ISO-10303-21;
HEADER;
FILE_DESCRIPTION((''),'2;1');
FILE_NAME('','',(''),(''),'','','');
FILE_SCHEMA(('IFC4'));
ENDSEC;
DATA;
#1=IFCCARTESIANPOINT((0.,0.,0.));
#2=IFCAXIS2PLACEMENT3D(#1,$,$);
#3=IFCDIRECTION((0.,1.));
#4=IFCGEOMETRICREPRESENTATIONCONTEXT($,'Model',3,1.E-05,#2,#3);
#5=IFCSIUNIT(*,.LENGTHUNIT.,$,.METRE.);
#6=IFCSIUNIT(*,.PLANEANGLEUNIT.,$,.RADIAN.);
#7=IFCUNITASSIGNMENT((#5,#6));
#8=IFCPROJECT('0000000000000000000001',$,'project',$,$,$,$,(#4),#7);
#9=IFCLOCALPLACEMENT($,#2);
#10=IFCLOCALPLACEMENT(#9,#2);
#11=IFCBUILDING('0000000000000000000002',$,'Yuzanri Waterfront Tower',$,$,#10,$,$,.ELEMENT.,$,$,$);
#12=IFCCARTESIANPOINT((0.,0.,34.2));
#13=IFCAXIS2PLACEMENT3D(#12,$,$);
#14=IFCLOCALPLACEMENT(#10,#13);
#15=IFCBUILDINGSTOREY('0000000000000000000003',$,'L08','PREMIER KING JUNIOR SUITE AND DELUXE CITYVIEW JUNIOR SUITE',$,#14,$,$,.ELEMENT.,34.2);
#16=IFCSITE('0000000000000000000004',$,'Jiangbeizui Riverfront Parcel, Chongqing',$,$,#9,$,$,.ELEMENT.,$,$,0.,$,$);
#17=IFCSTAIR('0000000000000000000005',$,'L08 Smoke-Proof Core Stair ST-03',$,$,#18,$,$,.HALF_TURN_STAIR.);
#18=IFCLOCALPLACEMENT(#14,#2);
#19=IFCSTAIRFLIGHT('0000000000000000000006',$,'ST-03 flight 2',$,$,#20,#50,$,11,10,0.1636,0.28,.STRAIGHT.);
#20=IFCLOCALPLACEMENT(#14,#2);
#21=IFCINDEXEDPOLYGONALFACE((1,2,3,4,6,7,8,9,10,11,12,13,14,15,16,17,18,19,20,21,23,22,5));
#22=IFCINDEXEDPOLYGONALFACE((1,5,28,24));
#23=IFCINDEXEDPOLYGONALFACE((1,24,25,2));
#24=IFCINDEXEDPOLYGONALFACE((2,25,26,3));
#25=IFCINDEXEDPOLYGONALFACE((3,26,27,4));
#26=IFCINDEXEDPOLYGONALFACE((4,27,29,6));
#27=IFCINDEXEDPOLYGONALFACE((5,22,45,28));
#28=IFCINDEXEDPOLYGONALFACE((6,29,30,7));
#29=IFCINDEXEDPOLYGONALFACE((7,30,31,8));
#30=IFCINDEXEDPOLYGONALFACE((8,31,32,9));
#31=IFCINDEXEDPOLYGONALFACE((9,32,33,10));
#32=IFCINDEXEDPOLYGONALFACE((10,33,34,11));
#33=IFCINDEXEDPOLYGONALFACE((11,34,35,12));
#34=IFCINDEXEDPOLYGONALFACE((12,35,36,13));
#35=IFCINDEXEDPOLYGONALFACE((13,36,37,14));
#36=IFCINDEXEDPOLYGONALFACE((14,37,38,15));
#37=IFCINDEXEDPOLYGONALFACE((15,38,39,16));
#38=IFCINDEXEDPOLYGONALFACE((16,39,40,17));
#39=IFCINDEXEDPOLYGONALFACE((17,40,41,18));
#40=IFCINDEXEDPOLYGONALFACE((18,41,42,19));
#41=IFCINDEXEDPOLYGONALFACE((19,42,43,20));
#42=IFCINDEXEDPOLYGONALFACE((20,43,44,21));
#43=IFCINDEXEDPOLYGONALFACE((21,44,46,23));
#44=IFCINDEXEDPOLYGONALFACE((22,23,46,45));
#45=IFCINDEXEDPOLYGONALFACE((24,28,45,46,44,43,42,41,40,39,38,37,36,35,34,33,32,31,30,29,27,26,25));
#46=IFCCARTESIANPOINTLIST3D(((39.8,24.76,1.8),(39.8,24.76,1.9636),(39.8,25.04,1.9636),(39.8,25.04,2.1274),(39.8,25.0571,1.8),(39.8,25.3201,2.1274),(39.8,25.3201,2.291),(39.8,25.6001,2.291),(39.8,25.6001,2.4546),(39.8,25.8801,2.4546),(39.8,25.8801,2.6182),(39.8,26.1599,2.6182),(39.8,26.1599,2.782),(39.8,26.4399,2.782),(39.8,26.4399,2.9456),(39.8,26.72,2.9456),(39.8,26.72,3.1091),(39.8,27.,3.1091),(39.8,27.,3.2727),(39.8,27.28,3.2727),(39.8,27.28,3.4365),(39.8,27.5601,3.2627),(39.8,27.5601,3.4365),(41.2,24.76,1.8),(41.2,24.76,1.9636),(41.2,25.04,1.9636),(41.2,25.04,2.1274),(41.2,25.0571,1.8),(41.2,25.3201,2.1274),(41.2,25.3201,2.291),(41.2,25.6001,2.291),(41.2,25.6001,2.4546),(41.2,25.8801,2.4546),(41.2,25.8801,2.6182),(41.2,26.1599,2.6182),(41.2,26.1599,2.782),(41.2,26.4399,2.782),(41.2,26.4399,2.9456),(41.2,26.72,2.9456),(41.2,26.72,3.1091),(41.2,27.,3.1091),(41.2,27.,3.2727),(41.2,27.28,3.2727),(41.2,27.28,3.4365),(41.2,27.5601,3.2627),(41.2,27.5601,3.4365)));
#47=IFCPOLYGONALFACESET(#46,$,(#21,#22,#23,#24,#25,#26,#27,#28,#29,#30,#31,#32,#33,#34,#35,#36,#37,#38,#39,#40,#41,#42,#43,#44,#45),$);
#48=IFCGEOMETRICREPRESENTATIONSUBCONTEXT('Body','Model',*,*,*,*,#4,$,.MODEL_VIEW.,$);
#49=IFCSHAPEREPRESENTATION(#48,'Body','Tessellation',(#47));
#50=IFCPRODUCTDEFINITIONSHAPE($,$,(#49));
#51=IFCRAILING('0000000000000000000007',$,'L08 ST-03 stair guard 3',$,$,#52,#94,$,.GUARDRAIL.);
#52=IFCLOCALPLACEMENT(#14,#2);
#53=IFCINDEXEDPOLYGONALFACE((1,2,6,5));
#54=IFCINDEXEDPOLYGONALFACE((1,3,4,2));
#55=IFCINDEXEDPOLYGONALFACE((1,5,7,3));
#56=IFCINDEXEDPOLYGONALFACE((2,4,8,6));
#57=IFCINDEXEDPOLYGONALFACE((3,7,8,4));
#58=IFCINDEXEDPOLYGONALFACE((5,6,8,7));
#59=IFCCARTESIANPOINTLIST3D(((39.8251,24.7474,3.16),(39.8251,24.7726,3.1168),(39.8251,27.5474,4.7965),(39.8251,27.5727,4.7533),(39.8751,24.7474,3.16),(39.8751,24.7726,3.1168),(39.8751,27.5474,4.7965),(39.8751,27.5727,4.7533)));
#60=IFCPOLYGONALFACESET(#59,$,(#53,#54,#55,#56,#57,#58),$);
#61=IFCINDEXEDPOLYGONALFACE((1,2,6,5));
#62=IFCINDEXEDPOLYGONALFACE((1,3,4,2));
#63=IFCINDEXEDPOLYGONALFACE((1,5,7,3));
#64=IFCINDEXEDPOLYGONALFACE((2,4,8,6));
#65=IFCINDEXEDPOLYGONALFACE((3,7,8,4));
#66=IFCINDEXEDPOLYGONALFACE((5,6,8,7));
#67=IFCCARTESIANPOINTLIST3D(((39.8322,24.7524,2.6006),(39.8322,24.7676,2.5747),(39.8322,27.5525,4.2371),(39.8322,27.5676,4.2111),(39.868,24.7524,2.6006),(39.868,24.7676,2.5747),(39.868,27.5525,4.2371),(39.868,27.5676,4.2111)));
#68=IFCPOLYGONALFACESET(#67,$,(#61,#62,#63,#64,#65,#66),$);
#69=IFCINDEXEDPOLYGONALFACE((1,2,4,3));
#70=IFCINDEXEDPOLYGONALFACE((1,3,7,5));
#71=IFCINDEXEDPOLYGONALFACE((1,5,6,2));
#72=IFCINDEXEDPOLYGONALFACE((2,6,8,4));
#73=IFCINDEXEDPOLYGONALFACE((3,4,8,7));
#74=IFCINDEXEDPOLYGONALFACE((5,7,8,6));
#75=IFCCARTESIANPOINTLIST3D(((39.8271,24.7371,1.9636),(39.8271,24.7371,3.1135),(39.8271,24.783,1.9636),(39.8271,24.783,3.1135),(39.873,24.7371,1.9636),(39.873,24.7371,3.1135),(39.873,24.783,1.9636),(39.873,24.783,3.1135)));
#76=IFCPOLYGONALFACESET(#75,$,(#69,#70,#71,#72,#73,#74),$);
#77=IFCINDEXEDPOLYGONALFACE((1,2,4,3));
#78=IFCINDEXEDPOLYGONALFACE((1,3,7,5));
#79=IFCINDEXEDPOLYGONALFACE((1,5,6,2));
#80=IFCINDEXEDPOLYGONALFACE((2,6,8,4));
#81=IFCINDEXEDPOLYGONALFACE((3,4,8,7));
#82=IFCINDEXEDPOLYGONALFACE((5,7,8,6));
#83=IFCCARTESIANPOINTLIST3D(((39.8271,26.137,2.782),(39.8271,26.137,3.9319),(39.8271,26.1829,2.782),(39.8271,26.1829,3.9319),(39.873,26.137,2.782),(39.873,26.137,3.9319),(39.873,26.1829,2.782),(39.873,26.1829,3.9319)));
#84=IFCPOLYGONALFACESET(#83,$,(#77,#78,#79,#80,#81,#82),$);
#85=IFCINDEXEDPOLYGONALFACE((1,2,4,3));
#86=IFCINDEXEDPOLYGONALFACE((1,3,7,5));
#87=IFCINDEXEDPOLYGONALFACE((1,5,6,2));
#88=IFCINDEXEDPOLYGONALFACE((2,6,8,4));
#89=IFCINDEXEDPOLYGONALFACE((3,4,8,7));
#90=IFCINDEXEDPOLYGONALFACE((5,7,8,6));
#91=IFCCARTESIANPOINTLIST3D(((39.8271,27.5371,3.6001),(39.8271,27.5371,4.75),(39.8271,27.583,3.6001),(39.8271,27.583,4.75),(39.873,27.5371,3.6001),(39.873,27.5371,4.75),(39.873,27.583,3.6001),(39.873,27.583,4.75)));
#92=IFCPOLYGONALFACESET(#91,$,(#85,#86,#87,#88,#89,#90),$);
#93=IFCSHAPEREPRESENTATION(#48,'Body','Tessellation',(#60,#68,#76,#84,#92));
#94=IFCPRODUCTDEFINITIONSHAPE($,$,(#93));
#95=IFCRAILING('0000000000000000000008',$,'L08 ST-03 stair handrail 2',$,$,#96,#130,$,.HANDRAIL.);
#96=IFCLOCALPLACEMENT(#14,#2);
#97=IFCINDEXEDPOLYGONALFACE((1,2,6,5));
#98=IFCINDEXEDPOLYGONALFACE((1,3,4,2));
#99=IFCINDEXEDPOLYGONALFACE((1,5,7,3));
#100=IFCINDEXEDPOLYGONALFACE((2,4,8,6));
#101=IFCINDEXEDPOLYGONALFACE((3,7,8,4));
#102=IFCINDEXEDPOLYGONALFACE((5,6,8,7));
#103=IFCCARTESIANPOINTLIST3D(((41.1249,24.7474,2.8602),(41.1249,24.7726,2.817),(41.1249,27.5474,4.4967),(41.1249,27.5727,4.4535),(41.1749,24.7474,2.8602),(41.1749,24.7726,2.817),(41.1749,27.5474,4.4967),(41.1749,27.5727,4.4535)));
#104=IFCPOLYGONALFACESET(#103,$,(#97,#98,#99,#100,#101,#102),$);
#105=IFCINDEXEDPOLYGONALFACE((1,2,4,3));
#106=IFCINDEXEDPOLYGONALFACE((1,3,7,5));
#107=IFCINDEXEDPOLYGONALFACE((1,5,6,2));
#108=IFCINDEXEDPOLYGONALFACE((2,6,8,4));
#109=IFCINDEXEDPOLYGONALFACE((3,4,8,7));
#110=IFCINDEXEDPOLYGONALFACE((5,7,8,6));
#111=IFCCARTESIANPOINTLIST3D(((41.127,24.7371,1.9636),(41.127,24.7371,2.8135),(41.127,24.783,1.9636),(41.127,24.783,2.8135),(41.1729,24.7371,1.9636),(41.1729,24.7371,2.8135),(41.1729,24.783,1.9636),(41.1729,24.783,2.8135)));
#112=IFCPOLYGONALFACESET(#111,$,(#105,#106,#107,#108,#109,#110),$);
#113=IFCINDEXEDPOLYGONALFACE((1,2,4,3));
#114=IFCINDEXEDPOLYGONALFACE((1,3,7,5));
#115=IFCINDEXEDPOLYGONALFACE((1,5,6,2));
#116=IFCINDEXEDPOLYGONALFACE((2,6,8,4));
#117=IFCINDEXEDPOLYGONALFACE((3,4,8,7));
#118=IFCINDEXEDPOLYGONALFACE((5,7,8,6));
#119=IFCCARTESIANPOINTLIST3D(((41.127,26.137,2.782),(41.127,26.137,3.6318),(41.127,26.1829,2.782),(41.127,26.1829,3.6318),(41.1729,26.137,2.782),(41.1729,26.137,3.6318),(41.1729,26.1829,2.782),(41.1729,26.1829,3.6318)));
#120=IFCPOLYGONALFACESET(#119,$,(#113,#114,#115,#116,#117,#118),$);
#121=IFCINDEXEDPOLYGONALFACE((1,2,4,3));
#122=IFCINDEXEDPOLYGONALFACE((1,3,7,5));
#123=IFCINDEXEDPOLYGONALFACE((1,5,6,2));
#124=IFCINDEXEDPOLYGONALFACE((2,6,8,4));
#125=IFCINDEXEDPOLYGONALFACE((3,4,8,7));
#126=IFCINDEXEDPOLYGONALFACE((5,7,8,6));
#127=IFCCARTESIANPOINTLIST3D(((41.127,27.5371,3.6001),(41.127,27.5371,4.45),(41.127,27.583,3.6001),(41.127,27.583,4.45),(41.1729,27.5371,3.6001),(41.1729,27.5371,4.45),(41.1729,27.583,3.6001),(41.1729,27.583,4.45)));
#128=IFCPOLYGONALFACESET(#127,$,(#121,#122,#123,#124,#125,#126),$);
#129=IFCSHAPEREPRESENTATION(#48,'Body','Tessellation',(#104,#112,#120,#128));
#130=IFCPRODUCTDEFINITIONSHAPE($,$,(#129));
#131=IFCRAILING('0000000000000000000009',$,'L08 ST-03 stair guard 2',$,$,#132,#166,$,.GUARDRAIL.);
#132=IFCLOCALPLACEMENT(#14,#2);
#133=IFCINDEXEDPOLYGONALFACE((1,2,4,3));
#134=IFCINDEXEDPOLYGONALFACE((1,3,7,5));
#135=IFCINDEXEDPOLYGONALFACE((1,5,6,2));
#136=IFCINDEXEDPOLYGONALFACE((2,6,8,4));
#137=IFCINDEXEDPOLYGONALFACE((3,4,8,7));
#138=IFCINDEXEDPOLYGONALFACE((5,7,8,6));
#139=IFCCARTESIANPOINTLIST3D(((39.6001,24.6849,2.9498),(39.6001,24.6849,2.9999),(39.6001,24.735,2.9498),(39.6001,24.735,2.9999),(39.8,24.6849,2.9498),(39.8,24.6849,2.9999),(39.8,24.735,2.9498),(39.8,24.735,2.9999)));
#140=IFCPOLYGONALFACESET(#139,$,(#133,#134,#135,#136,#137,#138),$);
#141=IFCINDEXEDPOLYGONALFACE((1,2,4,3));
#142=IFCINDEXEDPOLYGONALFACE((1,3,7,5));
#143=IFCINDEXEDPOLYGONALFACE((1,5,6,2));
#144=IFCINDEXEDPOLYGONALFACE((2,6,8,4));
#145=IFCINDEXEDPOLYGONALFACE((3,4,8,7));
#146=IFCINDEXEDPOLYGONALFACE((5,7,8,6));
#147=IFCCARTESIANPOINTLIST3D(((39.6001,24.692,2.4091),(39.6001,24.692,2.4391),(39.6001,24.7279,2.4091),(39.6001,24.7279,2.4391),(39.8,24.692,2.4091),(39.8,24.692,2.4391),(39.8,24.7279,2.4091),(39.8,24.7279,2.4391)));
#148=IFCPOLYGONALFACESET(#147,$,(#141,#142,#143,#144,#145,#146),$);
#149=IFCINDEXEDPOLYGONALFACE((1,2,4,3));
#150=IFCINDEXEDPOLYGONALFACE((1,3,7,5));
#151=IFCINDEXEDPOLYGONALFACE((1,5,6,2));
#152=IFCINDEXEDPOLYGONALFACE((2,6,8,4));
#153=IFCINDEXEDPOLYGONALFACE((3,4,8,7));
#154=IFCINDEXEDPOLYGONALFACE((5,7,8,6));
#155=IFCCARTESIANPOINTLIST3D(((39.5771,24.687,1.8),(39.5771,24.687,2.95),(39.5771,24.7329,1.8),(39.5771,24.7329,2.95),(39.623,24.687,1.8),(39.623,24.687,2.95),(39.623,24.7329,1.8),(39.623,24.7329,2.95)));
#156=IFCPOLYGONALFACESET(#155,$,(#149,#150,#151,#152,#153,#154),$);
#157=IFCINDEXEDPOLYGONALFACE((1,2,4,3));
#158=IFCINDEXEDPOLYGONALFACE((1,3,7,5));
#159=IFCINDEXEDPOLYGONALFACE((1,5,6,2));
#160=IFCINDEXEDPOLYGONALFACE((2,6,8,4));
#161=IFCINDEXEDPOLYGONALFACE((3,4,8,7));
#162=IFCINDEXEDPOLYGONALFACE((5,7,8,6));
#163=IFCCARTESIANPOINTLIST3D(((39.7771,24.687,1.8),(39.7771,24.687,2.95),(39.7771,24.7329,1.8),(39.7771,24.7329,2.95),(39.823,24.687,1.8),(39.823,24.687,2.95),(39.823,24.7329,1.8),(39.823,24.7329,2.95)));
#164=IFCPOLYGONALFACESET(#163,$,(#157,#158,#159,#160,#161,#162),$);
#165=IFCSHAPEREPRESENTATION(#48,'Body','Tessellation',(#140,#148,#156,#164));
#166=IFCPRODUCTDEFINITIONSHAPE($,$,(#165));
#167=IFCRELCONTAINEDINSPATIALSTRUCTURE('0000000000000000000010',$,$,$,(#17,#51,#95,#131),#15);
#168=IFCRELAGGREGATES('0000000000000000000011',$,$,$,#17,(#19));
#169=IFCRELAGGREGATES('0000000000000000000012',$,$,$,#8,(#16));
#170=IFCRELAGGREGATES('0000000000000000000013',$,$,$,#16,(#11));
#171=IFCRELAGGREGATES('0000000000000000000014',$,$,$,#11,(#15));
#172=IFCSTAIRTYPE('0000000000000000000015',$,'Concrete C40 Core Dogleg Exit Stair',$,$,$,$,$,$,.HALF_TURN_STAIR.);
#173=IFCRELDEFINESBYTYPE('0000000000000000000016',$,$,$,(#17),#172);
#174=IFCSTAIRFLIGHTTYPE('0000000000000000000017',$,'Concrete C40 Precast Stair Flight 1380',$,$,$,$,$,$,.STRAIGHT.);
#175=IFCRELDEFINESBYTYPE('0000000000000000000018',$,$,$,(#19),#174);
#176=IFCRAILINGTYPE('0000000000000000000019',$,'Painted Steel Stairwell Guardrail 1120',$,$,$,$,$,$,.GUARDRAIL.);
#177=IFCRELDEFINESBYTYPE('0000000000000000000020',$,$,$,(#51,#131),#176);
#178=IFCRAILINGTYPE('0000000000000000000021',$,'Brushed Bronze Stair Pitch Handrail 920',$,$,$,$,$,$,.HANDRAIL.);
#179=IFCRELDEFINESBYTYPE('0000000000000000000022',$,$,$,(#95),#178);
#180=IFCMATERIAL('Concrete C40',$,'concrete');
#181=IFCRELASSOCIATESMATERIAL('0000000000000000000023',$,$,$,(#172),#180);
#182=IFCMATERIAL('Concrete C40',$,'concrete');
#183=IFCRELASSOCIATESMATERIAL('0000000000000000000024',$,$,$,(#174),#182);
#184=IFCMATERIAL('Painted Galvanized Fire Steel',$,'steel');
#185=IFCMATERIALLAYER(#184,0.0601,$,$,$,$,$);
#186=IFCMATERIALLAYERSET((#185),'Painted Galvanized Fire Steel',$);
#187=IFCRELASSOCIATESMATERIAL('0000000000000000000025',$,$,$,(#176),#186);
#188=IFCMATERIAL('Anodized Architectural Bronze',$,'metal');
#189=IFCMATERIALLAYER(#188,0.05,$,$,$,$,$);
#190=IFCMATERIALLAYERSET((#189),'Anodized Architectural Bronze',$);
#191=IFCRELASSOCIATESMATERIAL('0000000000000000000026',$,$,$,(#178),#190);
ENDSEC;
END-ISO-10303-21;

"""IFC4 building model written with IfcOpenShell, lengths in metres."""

from ifc_helpers import new_model, si_unit, direction, frame, origin, origin_2d, place, context, subcontext, project, spatial, polyline, rectangle, outline, extrude, source, transform, mapped, material, layer, layer_set, type_object, element, aggregate, save


model = new_model("IFC4")

# Units and contexts
model_context = context("Model", 3, precision=1e-05, world=origin(), true_north=direction((0.0, 1.0)))
body_context = subcontext(model_context, "Body", "Model", "MODEL_VIEW")
ifc_project = project(units=[si_unit("LENGTHUNIT", "METRE"), si_unit("PLANEANGLEUNIT", "RADIAN")], contexts=[model_context])

# Site, building, storey
site_placement = place(None, origin())
site = spatial("IfcSite", under=ifc_project, at=site_placement, Name="Jiangbeizui Riverfront Parcel, Chongqing", CompositionType="ELEMENT", RefElevation=0.0)
building_placement = place(site_placement, origin())
building = spatial("IfcBuilding", under=site, at=building_placement, Name="Yuzanri Waterfront Tower", CompositionType="ELEMENT")
storey_placement = place(building_placement, frame((0.0, 0.0, 34.2)))
storey = spatial("IfcBuildingStorey", under=building, at=storey_placement, Name="L08", Description="PREMIER KING JUNIOR SUITE AND DELUXE CITYVIEW JUNIOR SUITE", CompositionType="ELEMENT", Elevation=34.2)

# Stair, stair flight
ifc_material_1 = material(Name="Concrete C40", Category="concrete")
stair_type = type_object("IfcStairType", Name="Concrete C40 Core Dogleg Exit Stair", PredefinedType="HALF_TURN_STAIR", material=ifc_material_1)
stair_placement = place(storey_placement, origin())
stair = element("IfcStair", 1, at=stair_placement, inside=storey, type_object=stair_type, Name="L08 Smoke-Proof Core Stair ST-03", PredefinedType="HALF_TURN_STAIR")
ifc_material_2 = material(Name="Concrete C40", Category="concrete")
stair_flight_type = type_object("IfcStairFlightType", Name="Concrete C40 Precast Stair Flight 1380", PredefinedType="STRAIGHT", material=ifc_material_2)
shared_shape_1 = source(origin(), body_context, "Body", "SweptSolid", [
    extrude(outline(polyline([(0.0, 0.0), (0.0, 0.1636), (0.28, 0.1636), (0.28, 0.3274), (0.5601, 0.3274), (0.5601, 0.491), (0.8401, 0.491), (0.8401, 0.6545), (1.1201, 0.6545), (1.1201, 0.8181), (1.3999, 0.8181), (1.3999, 0.9819), (1.6799, 0.9819), (1.6799, 1.1455), (1.96, 1.1455), (1.96, 1.3091), (2.24, 1.3091), (2.24, 1.4727), (2.52, 1.4727), (2.52, 1.6365), (2.8, 1.6365), (2.8, 1.8), (2.8, 1.4626), (0.2971, 0.0), (0.0, 0.0)])), frame((0.0, 0.7, 0.0), z_axis=(0.0, -1.0, 0.0), x_axis=(1.0, 0.0, 0.0)), (0.0, 0.0, 1.0), 1.3999),
])
stair_flight_placement = place(storey_placement, frame((40.5, 24.76, 1.8), z_axis=(0.0, 0.0, 1.0), x_axis=(0.0, 1.0, 0.0)))
stair_flight = element("IfcStairFlight", 2, at=stair_flight_placement, type_object=stair_flight_type, Name="ST-03 flight 2", NumberOfRisers=11, NumberOfTreads=10, PredefinedType="STRAIGHT", RiserHeight=0.1636, TreadLength=0.28, context=body_context, shape_type="MappedRepresentation", body=[
    mapped(shared_shape_1, transform((0.0, 0.0, 0.0), scale=1.0)),
])
aggregate(stair, [stair_flight])

# Railings
ifc_material_3 = material(Name="Painted Galvanized Fire Steel", Category="steel")
ifc_layer_1 = layer(ifc_material_3, 0.0601)
ifc_layer_set_1 = layer_set([ifc_layer_1], Name="Painted Galvanized Fire Steel")
railing_type_1 = type_object("IfcRailingType", Name="Painted Steel Stairwell Guardrail 1120", PredefinedType="GUARDRAIL", material=ifc_layer_set_1)
shared_shape_2 = source(origin(), body_context, "Body", "SweptSolid", [
    extrude(rectangle(XDim=0.05, YDim=0.05, at=origin_2d()), frame((0.0, 0.0, 1.1748), z_axis=(0.0, 0.863361, 0.504587), x_axis=(-1.0, 0.0, 0.0)), (0.0, 0.0, 1.0), 3.2432),
    extrude(rectangle(XDim=0.0359, YDim=0.03, at=origin_2d()), frame((0.0, 0.0, 0.624), z_axis=(0.0, 0.863361, 0.504587), x_axis=(-1.0, 0.0, 0.0)), (0.0, 0.0, 1.0), 3.2432),
    extrude(rectangle(XDim=0.0459, YDim=0.0459, at=origin_2d()), origin(), (0.0, 0.0, 1.0), 1.1499),
    extrude(rectangle(XDim=0.0459, YDim=0.0459, at=origin_2d()), frame((0.0, 1.3999, 0.8184)), (0.0, 0.0, 1.0), 1.1499),
    extrude(rectangle(XDim=0.0459, YDim=0.0459, at=origin_2d()), frame((0.0, 2.8, 1.6365)), (0.0, 0.0, 1.0), 1.1499),
])
railing_1_placement = place(storey_placement, frame((39.8501, 24.76, 1.9636)))
element("IfcRailing", 3, at=railing_1_placement, inside=storey, type_object=railing_type_1, Name="L08 ST-03 stair guard 3", PredefinedType="GUARDRAIL", context=body_context, shape_type="MappedRepresentation", body=[
    mapped(shared_shape_2, transform((0.0, 0.0, 0.0), scale=1.0)),
])
ifc_material_4 = material(Name="Anodized Architectural Bronze", Category="metal")
ifc_layer_2 = layer(ifc_material_4, 0.05)
ifc_layer_set_2 = layer_set([ifc_layer_2], Name="Anodized Architectural Bronze")
railing_type_2 = type_object("IfcRailingType", Name="Brushed Bronze Stair Pitch Handrail 920", PredefinedType="HANDRAIL", material=ifc_layer_set_2)
shared_shape_3 = source(origin(), body_context, "Body", "SweptSolid", [
    extrude(rectangle(XDim=0.05, YDim=0.05, at=origin_2d()), frame((0.0, 0.0, 0.875), z_axis=(0.0, 0.863361, 0.504587), x_axis=(-1.0, 0.0, 0.0)), (0.0, 0.0, 1.0), 3.2432),
    extrude(rectangle(XDim=0.0459, YDim=0.0459, at=origin_2d()), origin(), (0.0, 0.0, 1.0), 0.8499),
    extrude(rectangle(XDim=0.0459, YDim=0.0459, at=origin_2d()), frame((0.0, 1.3999, 0.8184)), (0.0, 0.0, 1.0), 0.8499),
    extrude(rectangle(XDim=0.0459, YDim=0.0459, at=origin_2d()), frame((0.0, 2.8, 1.6365)), (0.0, 0.0, 1.0), 0.8499),
])
railing_2_placement = place(storey_placement, frame((41.1499, 24.76, 1.9636)))
element("IfcRailing", 4, at=railing_2_placement, inside=storey, type_object=railing_type_2, Name="L08 ST-03 stair handrail 2", PredefinedType="HANDRAIL", context=body_context, shape_type="MappedRepresentation", body=[
    mapped(shared_shape_3, transform((0.0, 0.0, 0.0), scale=1.0)),
])
shared_shape_4 = source(origin(), body_context, "Body", "SweptSolid", [
    extrude(rectangle(XDim=0.05, YDim=0.05, at=origin_2d()), frame((0.0, 0.0, 1.1748), z_axis=(1.0, 0.0, 0.0), x_axis=(0.0, 1.0, 0.0)), (0.0, 0.0, 1.0), 0.2),
    extrude(rectangle(XDim=0.0359, YDim=0.03, at=origin_2d()), frame((0.0, 0.0, 0.624), z_axis=(1.0, 0.0, 0.0), x_axis=(0.0, 1.0, 0.0)), (0.0, 0.0, 1.0), 0.2),
    extrude(rectangle(XDim=0.0459, YDim=0.0459, at=origin_2d()), origin(), (0.0, 0.0, 1.0), 1.1499),
    extrude(rectangle(XDim=0.0459, YDim=0.0459, at=origin_2d()), frame((0.2, 0.0, 0.0)), (0.0, 0.0, 1.0), 1.1499),
])
railing_3_placement = place(storey_placement, frame((39.6001, 24.71, 1.8)))
element("IfcRailing", 5, at=railing_3_placement, inside=storey, type_object=railing_type_1, Name="L08 ST-03 stair guard 2", PredefinedType="GUARDRAIL", context=body_context, shape_type="MappedRepresentation", body=[
    mapped(shared_shape_4, transform((0.0, 0.0, 0.0), scale=1.0)),
])

save(model, "model.ifc")
